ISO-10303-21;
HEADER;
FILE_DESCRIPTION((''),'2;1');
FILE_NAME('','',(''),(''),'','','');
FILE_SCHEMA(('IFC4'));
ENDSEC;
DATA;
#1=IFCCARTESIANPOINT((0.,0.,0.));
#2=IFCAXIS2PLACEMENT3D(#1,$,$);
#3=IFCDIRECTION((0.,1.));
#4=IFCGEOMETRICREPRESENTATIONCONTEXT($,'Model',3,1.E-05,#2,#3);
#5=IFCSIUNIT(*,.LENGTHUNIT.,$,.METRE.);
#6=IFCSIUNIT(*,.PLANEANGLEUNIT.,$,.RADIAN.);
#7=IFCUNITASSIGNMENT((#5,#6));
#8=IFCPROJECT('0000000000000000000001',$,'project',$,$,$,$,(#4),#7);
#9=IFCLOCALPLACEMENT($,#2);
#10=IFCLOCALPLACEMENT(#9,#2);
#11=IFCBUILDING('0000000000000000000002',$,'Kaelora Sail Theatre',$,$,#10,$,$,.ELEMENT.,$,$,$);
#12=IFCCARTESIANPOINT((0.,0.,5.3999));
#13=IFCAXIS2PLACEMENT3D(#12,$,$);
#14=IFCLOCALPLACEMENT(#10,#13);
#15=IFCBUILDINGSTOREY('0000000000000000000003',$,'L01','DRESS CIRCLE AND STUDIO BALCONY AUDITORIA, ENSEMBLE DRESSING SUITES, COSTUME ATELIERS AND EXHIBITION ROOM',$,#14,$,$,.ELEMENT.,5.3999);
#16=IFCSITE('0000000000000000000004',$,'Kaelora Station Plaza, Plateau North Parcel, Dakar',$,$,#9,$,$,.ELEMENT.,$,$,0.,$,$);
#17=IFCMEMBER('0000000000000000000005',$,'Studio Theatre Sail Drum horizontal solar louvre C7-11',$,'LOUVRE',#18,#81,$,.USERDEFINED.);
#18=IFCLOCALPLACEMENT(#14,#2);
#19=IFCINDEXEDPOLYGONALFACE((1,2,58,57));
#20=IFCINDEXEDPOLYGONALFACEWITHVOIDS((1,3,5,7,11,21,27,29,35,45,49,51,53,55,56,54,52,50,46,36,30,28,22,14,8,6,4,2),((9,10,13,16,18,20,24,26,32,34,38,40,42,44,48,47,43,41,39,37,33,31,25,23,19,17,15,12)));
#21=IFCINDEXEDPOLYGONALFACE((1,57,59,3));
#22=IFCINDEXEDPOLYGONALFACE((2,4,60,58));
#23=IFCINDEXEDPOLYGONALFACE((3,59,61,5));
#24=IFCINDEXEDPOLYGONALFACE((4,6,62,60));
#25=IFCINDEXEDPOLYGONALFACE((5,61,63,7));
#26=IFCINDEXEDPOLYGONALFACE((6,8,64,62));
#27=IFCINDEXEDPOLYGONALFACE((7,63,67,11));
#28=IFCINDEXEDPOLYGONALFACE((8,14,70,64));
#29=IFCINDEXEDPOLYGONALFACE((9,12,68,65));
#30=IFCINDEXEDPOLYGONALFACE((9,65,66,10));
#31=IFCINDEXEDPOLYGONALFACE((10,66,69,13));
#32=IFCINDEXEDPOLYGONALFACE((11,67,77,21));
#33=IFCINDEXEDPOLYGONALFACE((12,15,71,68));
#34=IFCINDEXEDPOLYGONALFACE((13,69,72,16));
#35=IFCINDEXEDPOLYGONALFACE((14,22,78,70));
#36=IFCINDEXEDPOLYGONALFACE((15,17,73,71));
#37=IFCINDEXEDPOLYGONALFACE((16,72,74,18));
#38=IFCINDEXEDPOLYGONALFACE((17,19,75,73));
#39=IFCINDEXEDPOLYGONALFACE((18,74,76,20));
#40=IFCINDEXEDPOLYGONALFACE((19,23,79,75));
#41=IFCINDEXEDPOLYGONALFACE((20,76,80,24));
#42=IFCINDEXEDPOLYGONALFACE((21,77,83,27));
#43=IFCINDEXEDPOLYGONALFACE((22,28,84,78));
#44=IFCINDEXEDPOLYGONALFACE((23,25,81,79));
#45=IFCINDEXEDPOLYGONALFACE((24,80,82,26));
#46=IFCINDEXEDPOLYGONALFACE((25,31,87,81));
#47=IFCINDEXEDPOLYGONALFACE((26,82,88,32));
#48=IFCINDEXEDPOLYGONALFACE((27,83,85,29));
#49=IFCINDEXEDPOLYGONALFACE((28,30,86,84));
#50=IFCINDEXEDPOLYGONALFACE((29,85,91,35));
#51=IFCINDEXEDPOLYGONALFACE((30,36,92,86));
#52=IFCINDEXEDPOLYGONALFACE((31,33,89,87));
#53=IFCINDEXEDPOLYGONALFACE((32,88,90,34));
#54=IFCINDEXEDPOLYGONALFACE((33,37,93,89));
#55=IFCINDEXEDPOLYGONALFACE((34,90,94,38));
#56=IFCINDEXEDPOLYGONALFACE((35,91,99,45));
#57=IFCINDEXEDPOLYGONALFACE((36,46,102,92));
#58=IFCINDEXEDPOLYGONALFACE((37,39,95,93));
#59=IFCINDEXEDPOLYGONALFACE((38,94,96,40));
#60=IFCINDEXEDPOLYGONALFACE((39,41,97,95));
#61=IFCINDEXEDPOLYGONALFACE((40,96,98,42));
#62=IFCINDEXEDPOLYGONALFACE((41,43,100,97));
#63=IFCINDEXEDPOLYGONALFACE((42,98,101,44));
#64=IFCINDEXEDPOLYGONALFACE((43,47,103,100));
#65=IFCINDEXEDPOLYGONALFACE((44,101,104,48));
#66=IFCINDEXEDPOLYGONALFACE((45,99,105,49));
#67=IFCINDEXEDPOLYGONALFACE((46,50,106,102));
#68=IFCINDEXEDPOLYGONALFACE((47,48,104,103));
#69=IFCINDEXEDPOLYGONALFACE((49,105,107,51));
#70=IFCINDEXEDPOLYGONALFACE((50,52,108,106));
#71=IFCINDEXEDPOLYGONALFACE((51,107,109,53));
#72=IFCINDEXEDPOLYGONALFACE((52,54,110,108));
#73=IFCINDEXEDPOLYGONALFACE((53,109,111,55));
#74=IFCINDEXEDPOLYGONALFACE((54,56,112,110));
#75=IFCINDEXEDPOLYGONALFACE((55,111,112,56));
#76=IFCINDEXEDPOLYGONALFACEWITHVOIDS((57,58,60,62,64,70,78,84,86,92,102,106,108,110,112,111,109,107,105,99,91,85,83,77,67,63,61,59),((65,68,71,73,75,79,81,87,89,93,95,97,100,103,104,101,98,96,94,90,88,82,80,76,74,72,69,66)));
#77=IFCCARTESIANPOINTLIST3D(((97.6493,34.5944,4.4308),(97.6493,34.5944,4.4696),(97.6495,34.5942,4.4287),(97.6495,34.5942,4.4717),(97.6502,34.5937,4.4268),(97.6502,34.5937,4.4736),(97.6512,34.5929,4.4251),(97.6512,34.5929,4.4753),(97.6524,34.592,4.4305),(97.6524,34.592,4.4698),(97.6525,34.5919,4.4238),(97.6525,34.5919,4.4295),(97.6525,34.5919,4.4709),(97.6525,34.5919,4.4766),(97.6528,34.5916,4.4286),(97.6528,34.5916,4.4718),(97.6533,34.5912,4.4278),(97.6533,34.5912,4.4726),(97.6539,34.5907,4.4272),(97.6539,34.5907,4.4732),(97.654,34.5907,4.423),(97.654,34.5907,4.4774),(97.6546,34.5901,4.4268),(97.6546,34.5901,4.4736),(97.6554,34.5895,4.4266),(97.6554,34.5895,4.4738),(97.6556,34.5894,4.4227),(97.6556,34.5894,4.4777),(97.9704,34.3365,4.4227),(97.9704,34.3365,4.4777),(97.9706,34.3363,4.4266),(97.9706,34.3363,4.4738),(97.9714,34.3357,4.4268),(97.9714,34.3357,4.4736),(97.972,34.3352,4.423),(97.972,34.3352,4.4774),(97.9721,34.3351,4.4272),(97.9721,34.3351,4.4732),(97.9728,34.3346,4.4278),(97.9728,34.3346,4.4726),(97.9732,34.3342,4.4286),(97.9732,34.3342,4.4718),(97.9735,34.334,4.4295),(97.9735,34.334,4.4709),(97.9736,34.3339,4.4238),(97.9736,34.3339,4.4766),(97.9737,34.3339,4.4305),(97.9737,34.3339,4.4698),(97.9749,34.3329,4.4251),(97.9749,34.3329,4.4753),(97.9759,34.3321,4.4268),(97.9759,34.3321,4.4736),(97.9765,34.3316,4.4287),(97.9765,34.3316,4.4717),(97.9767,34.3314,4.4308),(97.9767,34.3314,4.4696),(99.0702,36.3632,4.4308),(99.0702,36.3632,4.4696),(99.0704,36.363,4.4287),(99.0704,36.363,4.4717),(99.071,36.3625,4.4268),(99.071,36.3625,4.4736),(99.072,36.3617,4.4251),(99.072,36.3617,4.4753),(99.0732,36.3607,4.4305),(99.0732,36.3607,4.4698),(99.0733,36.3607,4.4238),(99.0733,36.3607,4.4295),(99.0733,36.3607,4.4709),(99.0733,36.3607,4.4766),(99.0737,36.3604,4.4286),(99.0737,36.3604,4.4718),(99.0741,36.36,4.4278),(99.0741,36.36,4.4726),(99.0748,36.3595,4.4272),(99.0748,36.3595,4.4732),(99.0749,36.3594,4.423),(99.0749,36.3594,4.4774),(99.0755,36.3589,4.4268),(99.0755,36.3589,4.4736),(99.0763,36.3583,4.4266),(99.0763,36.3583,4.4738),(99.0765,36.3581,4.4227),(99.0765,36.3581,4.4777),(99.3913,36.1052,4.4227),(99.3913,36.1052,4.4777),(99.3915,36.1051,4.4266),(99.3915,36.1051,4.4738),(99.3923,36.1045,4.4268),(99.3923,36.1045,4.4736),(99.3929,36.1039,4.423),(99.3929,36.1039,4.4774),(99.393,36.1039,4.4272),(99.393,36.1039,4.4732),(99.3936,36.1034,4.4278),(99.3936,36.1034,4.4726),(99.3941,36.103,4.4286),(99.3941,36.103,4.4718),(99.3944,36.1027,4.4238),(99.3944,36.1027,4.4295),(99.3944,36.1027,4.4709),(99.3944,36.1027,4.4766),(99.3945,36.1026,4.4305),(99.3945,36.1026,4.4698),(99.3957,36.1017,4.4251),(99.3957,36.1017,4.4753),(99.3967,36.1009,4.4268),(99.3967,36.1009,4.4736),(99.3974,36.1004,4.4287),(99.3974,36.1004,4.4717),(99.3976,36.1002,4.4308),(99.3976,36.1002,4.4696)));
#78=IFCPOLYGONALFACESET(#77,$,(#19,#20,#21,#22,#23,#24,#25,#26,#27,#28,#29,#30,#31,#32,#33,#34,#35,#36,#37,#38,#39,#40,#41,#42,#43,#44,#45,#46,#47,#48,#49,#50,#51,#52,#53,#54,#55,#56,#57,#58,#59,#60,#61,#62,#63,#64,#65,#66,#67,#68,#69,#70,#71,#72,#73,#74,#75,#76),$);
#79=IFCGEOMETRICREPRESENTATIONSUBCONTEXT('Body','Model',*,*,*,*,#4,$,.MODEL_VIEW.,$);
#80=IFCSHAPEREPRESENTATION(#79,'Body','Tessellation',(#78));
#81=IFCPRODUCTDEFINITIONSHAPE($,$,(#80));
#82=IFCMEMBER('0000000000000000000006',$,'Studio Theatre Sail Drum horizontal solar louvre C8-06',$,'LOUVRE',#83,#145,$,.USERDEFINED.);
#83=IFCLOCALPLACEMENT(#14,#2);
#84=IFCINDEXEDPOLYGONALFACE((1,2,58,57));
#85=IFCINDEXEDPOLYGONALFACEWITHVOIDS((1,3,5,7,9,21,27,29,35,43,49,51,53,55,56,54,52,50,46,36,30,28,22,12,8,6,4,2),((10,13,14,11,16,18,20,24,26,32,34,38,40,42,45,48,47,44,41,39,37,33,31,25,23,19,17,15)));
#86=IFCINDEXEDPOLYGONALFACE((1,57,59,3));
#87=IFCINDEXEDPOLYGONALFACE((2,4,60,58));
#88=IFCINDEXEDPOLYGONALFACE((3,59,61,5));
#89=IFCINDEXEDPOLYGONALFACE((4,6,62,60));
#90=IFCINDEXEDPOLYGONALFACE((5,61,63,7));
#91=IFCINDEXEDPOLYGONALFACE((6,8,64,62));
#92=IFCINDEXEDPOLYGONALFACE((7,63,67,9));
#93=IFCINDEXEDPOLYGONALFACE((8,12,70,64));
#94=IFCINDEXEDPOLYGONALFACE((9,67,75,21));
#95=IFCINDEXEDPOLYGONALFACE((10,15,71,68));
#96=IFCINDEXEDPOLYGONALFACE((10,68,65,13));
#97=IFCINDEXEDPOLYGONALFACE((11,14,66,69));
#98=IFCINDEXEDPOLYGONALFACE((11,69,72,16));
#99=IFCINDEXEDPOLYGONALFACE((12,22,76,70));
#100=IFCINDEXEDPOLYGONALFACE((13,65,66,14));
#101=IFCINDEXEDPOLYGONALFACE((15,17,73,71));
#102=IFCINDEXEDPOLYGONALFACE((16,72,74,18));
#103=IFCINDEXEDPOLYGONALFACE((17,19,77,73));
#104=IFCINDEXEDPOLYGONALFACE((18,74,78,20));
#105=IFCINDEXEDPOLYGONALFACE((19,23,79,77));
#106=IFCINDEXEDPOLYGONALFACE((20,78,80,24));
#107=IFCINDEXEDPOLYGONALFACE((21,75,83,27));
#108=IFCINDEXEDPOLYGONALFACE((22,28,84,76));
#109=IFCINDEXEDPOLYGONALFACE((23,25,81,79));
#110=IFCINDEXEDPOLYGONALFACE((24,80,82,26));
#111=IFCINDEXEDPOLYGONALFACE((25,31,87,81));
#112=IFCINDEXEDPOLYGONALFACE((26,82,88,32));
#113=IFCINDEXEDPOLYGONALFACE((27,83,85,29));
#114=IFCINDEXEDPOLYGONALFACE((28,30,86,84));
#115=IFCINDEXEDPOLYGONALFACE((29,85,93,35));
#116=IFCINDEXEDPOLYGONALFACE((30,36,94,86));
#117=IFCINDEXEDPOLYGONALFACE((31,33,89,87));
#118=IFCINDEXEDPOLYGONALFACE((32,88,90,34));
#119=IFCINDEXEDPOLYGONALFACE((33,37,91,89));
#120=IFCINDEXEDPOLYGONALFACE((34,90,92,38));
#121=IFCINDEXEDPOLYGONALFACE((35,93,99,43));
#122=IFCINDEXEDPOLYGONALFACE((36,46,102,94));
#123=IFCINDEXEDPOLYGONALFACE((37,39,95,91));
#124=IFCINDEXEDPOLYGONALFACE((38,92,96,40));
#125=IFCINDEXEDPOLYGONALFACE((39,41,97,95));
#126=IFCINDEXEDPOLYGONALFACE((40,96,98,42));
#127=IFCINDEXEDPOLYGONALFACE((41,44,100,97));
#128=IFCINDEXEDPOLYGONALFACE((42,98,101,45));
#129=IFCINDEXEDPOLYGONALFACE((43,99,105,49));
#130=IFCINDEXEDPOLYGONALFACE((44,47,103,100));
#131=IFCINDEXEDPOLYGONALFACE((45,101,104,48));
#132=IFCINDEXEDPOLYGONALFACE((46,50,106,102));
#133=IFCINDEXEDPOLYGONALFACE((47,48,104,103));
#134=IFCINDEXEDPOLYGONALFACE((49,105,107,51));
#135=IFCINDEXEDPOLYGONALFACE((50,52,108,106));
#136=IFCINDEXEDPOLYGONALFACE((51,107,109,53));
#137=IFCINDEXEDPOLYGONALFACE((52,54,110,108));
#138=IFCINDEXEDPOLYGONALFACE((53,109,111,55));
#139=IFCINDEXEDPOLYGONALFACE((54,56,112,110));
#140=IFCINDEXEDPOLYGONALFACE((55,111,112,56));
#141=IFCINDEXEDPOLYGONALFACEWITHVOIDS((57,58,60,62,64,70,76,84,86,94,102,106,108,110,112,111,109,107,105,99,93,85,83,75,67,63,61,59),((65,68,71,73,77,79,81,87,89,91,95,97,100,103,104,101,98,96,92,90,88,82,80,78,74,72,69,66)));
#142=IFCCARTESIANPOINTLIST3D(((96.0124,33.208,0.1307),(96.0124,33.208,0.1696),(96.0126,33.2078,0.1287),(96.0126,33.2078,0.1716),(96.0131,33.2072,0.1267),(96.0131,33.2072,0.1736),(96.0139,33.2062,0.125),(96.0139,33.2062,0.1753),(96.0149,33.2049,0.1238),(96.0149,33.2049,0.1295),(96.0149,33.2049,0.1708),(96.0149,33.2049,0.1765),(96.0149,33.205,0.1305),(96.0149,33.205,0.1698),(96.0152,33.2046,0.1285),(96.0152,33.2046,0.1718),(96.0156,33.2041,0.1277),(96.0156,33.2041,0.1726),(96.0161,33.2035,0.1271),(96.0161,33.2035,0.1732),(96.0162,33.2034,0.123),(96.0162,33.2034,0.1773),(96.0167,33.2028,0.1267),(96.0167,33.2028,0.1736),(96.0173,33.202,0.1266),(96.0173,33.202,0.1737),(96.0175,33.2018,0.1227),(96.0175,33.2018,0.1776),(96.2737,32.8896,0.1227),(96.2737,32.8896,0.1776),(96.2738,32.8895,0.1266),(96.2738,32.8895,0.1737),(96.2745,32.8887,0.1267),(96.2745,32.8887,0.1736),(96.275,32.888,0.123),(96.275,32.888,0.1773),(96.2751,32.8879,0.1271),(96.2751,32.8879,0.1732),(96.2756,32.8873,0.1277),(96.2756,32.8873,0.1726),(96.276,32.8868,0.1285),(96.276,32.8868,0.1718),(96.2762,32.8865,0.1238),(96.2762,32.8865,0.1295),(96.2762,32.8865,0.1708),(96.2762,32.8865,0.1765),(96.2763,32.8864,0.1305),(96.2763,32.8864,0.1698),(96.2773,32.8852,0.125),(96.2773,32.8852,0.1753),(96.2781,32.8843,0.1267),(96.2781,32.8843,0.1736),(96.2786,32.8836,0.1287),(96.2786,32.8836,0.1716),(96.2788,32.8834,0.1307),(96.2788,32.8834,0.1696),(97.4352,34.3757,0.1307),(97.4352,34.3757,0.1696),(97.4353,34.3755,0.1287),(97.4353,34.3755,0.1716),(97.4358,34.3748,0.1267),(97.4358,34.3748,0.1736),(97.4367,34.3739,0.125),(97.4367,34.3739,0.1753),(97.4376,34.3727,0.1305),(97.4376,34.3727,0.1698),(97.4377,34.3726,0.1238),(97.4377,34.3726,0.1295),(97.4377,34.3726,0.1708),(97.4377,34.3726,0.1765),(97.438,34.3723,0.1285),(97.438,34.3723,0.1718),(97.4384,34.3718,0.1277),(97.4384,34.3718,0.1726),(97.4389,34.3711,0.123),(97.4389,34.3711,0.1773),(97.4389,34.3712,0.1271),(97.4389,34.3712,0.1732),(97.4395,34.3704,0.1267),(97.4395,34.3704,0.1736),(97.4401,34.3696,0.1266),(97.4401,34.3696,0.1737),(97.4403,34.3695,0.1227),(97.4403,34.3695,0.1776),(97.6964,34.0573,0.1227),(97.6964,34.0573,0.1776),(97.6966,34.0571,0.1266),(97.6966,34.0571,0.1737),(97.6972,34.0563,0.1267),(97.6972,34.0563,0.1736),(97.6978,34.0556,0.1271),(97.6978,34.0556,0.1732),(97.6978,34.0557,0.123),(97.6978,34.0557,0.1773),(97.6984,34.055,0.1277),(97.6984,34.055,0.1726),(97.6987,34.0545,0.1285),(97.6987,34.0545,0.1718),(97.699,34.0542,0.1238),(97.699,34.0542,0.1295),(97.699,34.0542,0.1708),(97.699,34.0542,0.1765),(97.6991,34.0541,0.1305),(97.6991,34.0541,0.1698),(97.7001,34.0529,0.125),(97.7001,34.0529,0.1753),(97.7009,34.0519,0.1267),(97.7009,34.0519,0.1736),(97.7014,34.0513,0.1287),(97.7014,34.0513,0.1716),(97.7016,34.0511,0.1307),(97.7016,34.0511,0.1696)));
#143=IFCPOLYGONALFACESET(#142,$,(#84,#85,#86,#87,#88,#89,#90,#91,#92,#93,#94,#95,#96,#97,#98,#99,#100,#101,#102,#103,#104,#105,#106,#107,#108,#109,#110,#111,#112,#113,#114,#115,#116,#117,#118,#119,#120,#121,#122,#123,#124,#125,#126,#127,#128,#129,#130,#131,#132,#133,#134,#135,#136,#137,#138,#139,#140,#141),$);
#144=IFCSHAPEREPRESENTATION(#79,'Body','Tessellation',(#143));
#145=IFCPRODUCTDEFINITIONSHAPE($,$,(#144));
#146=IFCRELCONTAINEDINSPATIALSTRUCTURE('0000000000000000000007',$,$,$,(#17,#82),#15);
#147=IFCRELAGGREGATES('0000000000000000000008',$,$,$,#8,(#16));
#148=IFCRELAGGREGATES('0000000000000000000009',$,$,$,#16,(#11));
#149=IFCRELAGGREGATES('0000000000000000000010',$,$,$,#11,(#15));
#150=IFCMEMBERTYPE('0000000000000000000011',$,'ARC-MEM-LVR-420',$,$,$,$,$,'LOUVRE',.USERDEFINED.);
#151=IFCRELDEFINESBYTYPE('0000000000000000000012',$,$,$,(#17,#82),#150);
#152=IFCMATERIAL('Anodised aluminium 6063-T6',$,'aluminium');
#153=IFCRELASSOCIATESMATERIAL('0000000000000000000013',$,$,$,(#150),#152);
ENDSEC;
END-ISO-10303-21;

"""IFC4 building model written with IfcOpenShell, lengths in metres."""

from ifc_helpers import new_model, si_unit, direction, frame, origin, origin_2d, place, context, subcontext, project, spatial, hollow_rectangle, extrude, material, material_profile, profile_set, type_object, element, save


model = new_model("IFC4")

# Units and contexts
model_context = context("Model", 3, precision=1e-05, world=origin(), true_north=direction((0.0, 1.0)))
body_context = subcontext(model_context, "Body", "Model", "MODEL_VIEW")
ifc_project = project(units=[si_unit("LENGTHUNIT", "METRE"), si_unit("PLANEANGLEUNIT", "RADIAN")], contexts=[model_context])

# Site, building, storey
site_placement = place(None, origin())
site = spatial("IfcSite", under=ifc_project, at=site_placement, Name="Kaelora Station Plaza, Plateau North Parcel, Dakar", CompositionType="ELEMENT", RefElevation=0.0)
building_placement = place(site_placement, origin())
building = spatial("IfcBuilding", under=site, at=building_placement, Name="Kaelora Sail Theatre", CompositionType="ELEMENT")
storey_placement = place(building_placement, frame((0.0, 0.0, 5.3999)))
storey = spatial("IfcBuildingStorey", under=building, at=storey_placement, Name="L01", Description="DRESS CIRCLE AND STUDIO BALCONY AUDITORIA, ENSEMBLE DRESSING SUITES, COSTUME ATELIERS AND EXHIBITION ROOM", CompositionType="ELEMENT", Elevation=5.3999)

# Members
ifc_material_1 = material(Name="Anodised aluminium 6063-T6", Category="aluminium")
ifc_material_profile_1 = material_profile(ifc_material_1, hollow_rectangle(XDim=0.4199, YDim=0.0549, WallThickness=0.0039, InnerFilletRadius=0.0039, OuterFilletRadius=0.0081, at=origin_2d()), Name="LOUVRE 420x55x4")
ifc_profile_set_1 = profile_set([ifc_material_profile_1], Name="Anodised aluminium 6063-T6")
member_type = type_object("IfcMemberType", Name="ARC-MEM-LVR-420", ElementType="LOUVRE", PredefinedType="USERDEFINED", material=ifc_profile_set_1)
for number, where, z_axis, x_axis, name in (
    (1, (99.2339, 36.2317, 4.4502), (-0.626269, -0.779607, 0.0), (0.779607, -0.626269, 0.0), "Studio Theatre Sail Drum horizontal solar louvre C7-11"),
):
    element("IfcMember", number, at=place(storey_placement, frame(where, z_axis=z_axis, x_axis=x_axis)), inside=storey, type_object=member_type, Name=name, ObjectType="LOUVRE", PredefinedType="USERDEFINED", context=body_context, shape_type="SweptSolid", body=[
        extrude(hollow_rectangle(XDim=0.4199, YDim=0.0549, WallThickness=0.0039, InnerFilletRadius=0.0039, OuterFilletRadius=0.0081, at=origin_2d()), origin(), (0.0, 0.0, 1.0), 2.2688),
    ])
for number, where, z_axis, x_axis, name in (
    (2, (97.5684, 34.2134, 0.1501), (-0.773005, -0.6344, 0.0), (0.6344, -0.773005, 0.0), "Studio Theatre Sail Drum horizontal solar louvre C8-06"),
):
    element("IfcMember", number, at=place(storey_placement, frame(where, z_axis=z_axis, x_axis=x_axis)), inside=storey, type_object=member_type, Name=name, ObjectType="LOUVRE", PredefinedType="USERDEFINED", context=body_context, shape_type="SweptSolid", body=[
        extrude(hollow_rectangle(XDim=0.4199, YDim=0.0549, WallThickness=0.0039, InnerFilletRadius=0.0039, OuterFilletRadius=0.0081, at=origin_2d()), origin(), (0.0, 0.0, 1.0), 1.8406),
    ])

save(model, "model.ifc")
